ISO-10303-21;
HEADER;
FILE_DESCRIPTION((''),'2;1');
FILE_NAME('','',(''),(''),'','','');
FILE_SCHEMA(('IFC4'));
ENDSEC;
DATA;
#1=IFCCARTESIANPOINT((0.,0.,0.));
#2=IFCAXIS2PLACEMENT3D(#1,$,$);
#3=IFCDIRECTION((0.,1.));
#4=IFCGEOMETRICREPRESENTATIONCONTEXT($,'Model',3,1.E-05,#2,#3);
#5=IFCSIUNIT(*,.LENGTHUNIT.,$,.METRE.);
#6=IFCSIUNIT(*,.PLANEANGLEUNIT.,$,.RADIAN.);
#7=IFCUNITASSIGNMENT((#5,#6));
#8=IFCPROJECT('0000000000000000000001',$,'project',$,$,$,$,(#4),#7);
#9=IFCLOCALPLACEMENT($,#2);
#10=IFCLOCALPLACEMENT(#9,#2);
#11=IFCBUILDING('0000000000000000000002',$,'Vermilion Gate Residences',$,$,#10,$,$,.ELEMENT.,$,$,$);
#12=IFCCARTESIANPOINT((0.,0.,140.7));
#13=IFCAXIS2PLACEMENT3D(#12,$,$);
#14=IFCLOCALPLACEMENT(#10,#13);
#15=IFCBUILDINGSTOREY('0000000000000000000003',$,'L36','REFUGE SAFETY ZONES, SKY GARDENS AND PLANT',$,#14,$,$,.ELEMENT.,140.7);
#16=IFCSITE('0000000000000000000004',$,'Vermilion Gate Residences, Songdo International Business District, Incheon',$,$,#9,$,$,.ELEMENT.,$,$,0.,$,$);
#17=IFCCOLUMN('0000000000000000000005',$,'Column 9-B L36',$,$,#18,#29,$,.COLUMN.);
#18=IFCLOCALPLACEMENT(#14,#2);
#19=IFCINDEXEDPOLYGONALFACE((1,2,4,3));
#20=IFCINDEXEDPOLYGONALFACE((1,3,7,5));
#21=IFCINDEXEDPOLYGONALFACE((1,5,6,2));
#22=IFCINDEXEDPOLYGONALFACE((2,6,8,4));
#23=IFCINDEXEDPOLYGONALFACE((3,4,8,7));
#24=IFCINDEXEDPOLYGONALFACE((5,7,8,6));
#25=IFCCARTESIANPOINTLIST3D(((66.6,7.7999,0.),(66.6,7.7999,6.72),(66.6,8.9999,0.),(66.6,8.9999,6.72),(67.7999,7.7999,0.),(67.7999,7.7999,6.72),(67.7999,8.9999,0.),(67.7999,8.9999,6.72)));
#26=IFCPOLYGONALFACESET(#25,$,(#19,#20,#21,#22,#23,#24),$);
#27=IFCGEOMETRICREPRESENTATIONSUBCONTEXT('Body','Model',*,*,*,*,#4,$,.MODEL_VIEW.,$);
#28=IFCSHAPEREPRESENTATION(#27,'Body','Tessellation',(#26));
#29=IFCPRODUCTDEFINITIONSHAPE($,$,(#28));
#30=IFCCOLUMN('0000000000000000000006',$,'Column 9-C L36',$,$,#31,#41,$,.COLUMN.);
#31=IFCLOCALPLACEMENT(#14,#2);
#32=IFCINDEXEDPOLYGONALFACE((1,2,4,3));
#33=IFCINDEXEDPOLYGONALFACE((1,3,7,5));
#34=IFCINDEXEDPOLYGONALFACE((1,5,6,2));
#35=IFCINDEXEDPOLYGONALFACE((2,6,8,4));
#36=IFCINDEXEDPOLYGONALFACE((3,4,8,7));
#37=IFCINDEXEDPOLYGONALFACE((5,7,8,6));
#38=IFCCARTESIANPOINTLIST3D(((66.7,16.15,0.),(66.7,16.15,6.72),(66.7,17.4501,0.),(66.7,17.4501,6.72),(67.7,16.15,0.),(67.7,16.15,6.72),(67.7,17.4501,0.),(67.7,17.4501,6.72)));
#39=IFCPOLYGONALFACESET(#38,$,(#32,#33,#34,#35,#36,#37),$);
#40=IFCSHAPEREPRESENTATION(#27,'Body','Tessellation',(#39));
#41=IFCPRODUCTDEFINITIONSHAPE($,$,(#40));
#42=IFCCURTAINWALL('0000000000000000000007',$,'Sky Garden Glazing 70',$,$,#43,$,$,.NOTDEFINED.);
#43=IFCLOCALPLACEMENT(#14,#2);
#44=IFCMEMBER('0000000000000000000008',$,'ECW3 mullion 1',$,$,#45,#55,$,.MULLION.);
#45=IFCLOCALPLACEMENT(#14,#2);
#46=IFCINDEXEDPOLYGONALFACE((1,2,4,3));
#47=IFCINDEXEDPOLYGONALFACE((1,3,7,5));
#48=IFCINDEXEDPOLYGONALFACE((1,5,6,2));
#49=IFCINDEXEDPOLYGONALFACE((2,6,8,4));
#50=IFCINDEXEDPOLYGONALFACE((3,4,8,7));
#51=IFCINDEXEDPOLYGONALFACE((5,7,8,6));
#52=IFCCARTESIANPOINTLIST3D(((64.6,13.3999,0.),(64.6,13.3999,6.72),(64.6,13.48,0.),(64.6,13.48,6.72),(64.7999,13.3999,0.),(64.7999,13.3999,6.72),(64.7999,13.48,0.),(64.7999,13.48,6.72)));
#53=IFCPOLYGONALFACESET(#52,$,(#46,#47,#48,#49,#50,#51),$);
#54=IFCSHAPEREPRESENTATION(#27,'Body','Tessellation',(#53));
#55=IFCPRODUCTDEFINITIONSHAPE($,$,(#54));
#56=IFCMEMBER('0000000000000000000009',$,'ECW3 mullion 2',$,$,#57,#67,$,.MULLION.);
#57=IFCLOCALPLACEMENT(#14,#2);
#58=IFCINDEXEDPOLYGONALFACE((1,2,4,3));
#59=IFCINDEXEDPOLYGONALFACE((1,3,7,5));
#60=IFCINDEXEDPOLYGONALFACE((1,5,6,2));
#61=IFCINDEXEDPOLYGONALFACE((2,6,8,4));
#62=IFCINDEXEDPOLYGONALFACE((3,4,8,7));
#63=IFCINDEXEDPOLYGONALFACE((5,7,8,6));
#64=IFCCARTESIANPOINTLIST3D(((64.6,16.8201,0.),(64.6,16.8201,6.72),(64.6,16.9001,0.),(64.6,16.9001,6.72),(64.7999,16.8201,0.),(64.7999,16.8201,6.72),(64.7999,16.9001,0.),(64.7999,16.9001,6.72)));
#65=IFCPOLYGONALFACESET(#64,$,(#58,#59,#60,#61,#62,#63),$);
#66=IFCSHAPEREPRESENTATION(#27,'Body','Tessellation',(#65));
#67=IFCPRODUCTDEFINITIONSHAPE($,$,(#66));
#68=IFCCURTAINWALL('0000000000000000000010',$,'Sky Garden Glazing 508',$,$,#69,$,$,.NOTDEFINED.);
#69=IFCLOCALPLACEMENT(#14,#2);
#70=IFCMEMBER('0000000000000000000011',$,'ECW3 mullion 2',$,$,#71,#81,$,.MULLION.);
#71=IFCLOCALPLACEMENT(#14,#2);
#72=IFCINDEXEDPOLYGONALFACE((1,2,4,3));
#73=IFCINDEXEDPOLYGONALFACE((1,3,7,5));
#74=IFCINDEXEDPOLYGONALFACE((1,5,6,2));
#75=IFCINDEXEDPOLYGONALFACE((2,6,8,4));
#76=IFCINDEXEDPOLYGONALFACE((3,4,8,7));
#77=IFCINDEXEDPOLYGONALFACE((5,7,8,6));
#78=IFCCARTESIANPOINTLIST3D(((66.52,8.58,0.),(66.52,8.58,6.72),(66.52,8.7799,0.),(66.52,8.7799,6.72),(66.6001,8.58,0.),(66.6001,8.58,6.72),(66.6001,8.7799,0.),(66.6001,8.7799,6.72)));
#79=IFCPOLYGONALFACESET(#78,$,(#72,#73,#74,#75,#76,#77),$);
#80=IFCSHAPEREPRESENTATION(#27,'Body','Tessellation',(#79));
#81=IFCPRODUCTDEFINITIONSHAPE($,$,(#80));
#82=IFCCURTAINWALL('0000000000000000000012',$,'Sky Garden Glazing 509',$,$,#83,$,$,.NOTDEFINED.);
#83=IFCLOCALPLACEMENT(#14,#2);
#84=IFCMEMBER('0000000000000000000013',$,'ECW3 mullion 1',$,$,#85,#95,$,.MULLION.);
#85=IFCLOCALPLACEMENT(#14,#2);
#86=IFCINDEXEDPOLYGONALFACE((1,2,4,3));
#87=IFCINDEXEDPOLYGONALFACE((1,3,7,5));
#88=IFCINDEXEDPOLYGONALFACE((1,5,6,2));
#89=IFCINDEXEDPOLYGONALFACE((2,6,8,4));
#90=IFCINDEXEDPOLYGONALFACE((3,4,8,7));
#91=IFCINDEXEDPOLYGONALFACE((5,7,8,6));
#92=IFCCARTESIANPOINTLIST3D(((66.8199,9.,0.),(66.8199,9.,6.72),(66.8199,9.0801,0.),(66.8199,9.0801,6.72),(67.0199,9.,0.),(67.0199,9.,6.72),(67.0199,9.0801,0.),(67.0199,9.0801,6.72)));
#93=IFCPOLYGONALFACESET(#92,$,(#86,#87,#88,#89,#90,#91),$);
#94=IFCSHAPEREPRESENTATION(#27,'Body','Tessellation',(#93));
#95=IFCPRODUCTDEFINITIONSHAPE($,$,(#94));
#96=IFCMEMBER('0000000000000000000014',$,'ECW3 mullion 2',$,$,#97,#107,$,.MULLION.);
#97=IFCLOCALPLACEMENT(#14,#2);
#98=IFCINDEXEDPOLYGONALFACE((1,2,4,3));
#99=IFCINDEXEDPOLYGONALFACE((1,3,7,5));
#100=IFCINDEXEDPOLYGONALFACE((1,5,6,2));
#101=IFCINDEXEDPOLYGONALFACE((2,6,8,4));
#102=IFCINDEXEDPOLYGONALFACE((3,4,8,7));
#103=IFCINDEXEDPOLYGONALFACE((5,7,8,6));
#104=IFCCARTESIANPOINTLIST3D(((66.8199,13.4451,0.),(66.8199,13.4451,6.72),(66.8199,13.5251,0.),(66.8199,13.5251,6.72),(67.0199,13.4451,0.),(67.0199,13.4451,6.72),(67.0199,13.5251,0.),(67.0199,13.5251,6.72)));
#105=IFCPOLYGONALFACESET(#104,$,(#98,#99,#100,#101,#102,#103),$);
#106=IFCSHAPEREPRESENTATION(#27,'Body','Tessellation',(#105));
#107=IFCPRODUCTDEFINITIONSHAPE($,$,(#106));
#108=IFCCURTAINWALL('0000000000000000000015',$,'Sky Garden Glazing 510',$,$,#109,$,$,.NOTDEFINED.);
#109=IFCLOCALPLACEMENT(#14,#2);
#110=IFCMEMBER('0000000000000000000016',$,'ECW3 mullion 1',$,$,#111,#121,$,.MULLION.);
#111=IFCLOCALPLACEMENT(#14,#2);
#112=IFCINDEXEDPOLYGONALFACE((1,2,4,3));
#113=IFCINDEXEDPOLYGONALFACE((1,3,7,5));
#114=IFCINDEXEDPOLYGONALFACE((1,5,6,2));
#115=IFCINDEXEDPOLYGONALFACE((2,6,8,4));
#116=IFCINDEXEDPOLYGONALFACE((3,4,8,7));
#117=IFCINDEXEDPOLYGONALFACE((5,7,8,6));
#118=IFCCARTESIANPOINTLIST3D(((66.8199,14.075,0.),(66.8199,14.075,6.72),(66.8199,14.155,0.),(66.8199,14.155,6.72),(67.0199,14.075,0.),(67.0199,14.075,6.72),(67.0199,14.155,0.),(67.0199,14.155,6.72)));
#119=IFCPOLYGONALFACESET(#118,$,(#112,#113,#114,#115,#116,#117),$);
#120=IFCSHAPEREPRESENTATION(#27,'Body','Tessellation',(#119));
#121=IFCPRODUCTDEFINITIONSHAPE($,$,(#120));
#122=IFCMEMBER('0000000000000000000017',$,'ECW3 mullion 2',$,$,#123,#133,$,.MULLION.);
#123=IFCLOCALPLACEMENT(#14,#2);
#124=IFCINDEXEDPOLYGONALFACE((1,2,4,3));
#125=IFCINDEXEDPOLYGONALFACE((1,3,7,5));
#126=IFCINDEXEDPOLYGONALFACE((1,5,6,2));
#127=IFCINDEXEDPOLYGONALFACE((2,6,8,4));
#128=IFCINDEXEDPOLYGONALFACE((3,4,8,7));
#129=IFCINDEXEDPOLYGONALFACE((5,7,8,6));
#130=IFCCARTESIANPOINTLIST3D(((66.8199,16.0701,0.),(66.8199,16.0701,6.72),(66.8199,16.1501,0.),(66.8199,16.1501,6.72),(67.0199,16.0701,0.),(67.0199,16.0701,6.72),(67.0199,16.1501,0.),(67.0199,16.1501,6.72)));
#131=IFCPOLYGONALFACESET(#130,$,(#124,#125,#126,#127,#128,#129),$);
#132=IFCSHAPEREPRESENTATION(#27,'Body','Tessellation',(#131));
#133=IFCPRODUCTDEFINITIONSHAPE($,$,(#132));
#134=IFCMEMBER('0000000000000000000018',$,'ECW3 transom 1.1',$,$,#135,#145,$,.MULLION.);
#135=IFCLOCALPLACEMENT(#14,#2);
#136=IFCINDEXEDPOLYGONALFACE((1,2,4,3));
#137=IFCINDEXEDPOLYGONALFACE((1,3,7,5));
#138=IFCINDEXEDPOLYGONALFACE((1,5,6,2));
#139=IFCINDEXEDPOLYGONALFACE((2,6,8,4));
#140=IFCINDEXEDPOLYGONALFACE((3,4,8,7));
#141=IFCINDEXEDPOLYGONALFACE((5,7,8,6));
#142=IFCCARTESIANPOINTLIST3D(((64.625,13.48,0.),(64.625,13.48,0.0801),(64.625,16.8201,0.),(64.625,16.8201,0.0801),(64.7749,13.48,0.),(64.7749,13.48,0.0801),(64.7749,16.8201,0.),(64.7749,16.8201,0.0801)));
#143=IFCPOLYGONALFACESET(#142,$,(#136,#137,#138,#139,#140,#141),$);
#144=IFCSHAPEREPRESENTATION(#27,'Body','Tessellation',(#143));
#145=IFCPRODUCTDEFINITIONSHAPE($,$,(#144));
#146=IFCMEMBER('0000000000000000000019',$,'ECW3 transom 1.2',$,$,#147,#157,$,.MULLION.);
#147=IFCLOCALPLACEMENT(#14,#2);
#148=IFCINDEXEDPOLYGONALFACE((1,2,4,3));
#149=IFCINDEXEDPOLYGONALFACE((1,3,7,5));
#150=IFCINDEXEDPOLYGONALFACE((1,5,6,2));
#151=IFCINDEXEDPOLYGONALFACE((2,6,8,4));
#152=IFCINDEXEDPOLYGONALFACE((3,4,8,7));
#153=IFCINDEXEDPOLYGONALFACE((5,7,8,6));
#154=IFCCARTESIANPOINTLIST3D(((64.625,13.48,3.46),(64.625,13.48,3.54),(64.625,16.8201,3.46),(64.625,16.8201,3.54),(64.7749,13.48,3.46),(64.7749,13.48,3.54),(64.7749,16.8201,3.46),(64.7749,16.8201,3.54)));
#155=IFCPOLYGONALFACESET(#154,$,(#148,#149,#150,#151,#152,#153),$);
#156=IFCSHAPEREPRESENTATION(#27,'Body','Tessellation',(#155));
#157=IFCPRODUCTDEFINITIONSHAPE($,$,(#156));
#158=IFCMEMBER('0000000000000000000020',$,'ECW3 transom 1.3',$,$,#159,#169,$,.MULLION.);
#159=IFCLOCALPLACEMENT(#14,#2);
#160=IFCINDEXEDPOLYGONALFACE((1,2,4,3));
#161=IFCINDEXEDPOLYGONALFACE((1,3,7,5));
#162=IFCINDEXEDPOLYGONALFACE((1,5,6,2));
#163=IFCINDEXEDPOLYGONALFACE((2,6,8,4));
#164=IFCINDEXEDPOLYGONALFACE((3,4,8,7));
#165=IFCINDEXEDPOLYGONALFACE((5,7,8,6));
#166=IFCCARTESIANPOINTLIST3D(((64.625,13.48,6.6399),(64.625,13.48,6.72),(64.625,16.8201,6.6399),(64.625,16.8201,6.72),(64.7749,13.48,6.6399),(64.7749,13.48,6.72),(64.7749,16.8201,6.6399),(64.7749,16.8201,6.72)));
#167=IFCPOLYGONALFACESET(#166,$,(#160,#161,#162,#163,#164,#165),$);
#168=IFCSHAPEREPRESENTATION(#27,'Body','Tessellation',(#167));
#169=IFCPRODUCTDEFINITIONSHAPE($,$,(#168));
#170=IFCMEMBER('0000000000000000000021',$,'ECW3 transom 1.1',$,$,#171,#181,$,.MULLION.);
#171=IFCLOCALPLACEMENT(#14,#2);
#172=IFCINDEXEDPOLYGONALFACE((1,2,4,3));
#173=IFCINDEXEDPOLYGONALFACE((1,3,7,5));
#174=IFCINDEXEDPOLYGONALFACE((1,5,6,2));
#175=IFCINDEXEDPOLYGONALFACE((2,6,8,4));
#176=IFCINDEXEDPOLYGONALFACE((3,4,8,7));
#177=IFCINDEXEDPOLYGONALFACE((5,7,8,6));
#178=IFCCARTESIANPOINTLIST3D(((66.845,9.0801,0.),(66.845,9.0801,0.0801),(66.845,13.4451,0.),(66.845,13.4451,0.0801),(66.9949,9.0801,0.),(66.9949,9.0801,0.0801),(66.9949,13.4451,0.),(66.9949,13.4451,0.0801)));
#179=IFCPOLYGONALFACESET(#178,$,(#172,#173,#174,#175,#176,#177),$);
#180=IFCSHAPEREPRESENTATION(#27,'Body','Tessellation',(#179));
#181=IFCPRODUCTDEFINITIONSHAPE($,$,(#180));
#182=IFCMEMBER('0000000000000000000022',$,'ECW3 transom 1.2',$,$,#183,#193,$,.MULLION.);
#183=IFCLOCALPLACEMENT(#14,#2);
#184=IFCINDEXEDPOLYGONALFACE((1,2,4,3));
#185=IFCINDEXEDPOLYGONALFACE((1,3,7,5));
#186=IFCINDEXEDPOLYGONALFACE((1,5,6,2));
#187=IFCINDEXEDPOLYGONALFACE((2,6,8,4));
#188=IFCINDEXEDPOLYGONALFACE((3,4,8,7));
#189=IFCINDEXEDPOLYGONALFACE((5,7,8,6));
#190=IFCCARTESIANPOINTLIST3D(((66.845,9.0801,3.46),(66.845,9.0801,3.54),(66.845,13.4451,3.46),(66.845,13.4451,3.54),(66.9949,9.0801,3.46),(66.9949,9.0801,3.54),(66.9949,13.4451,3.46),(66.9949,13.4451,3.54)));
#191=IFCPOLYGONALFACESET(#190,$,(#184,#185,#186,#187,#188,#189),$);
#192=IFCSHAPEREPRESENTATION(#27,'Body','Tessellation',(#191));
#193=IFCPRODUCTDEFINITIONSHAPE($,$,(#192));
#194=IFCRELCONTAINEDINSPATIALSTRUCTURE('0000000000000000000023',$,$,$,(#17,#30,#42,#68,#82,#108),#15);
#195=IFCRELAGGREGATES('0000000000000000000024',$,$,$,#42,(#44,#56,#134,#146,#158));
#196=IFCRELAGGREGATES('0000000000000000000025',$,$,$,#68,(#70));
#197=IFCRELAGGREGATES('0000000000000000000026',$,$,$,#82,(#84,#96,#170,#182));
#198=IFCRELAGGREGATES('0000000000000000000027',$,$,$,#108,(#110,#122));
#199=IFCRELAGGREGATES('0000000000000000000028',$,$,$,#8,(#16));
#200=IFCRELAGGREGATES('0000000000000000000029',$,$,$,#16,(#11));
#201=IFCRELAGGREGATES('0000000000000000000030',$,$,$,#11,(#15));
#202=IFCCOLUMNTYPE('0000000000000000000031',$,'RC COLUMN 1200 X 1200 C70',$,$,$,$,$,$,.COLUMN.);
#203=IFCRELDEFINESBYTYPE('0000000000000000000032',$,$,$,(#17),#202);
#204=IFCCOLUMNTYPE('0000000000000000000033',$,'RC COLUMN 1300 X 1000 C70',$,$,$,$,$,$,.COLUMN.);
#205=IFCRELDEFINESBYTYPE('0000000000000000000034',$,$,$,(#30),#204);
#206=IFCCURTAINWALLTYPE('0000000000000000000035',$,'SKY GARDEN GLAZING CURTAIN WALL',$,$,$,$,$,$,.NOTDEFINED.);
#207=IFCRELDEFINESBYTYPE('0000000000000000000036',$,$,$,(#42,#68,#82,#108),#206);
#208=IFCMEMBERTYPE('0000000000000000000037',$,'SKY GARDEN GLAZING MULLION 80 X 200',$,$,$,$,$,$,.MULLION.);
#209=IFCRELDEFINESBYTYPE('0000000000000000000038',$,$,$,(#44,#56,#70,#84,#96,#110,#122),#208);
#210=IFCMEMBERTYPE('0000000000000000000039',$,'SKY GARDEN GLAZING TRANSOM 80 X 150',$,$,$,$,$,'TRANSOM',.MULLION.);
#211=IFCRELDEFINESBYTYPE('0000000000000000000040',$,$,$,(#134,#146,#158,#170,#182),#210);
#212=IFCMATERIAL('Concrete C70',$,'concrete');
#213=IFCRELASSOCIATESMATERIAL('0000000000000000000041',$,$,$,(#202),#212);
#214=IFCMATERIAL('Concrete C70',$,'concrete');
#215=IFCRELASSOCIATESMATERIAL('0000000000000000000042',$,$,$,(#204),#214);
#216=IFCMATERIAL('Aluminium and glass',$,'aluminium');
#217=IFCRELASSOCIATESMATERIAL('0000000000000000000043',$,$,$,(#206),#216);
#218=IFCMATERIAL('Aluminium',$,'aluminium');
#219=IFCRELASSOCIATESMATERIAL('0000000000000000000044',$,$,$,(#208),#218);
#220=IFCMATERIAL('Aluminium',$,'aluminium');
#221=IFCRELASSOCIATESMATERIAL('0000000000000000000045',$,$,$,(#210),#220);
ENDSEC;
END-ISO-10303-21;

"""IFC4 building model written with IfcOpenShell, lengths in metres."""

from ifc_helpers import new_model, si_unit, direction, frame, origin, origin_2d, place, context, subcontext, project, spatial, rectangle, extrude, material, material_profile, profile_set, type_object, element, aggregate, save


model = new_model("IFC4")

# Units and contexts
model_context = context("Model", 3, precision=1e-05, world=origin(), true_north=direction((0.0, 1.0)))
body_context = subcontext(model_context, "Body", "Model", "MODEL_VIEW")
ifc_project = project(units=[si_unit("LENGTHUNIT", "METRE"), si_unit("PLANEANGLEUNIT", "RADIAN")], contexts=[model_context])

# Site, building, storey
site_placement = place(None, origin())
site = spatial("IfcSite", under=ifc_project, at=site_placement, Name="Vermilion Gate Residences, Songdo International Business District, Incheon", CompositionType="ELEMENT", RefElevation=0.0)
building_placement = place(site_placement, origin())
building = spatial("IfcBuilding", under=site, at=building_placement, Name="Vermilion Gate Residences", CompositionType="ELEMENT")
storey_placement = place(building_placement, frame((0.0, 0.0, 140.7)))
storey = spatial("IfcBuildingStorey", under=building, at=storey_placement, Name="L36", Description="REFUGE SAFETY ZONES, SKY GARDENS AND PLANT", CompositionType="ELEMENT", Elevation=140.7)

# Columns
ifc_material_1 = material(Name="Concrete C70", Category="concrete")
ifc_material_profile_1 = material_profile(ifc_material_1, rectangle(XDim=1.2, YDim=1.2, at=origin_2d()), Name="RC-1200x1200")
ifc_profile_set_1 = profile_set([ifc_material_profile_1], Name="Concrete C70")
column_type_1 = type_object("IfcColumnType", Name="RC COLUMN 1200 X 1200 C70", PredefinedType="COLUMN", material=ifc_profile_set_1)
column_1_placement = place(storey_placement, frame((67.2, 8.3999, 0.0), z_axis=(0.0, 0.0, 1.0), x_axis=(1.0, 0.0, 0.0)))
element("IfcColumn", 1, at=column_1_placement, inside=storey, type_object=column_type_1, Name="Column 9-B L36", PredefinedType="COLUMN", context=body_context, shape_type="SweptSolid", body=[
    extrude(rectangle(XDim=1.2, YDim=1.2, at=origin_2d()), origin(), (0.0, 0.0, 1.0), 6.72),
])
ifc_material_2 = material(Name="Concrete C70", Category="concrete")
ifc_material_profile_2 = material_profile(ifc_material_2, rectangle(XDim=1.3, YDim=1.0, at=origin_2d()), Name="RC-1300x1000")
ifc_profile_set_2 = profile_set([ifc_material_profile_2], Name="Concrete C70")
column_type_2 = type_object("IfcColumnType", Name="RC COLUMN 1300 X 1000 C70", PredefinedType="COLUMN", material=ifc_profile_set_2)
column_2_placement = place(storey_placement, frame((67.2, 16.8, 0.0), z_axis=(0.0, 0.0, 1.0), x_axis=(0.0, 1.0, 0.0)))
element("IfcColumn", 2, at=column_2_placement, inside=storey, type_object=column_type_2, Name="Column 9-C L36", PredefinedType="COLUMN", context=body_context, shape_type="SweptSolid", body=[
    extrude(rectangle(XDim=1.3, YDim=1.0, at=origin_2d()), origin(), (0.0, 0.0, 1.0), 6.72),
])

# Curtain wall, members
ifc_material_3 = material(Name="Aluminium and glass", Category="aluminium")
curtain_wall_type = type_object("IfcCurtainWallType", Name="SKY GARDEN GLAZING CURTAIN WALL", PredefinedType="NOTDEFINED", material=ifc_material_3)
curtain_wall_1_placement = place(storey_placement, origin())
curtain_wall_1 = element("IfcCurtainWall", 3, at=curtain_wall_1_placement, inside=storey, type_object=curtain_wall_type, Name="Sky Garden Glazing 70", PredefinedType="NOTDEFINED")
ifc_material_4 = material(Name="Aluminium", Category="aluminium")
ifc_material_profile_3 = material_profile(ifc_material_4, rectangle(XDim=0.2, YDim=0.0801, at=origin_2d()), Name="MULLION 80 X 200")
ifc_profile_set_3 = profile_set([ifc_material_profile_3], Name="Aluminium")
member_type_1 = type_object("IfcMemberType", Name="SKY GARDEN GLAZING MULLION 80 X 200", PredefinedType="MULLION", material=ifc_profile_set_3)
member_1_placement = place(storey_placement, frame((64.7, 13.4399, 0.0), z_axis=(0.0, 0.0, 1.0), x_axis=(-1.0, 0.0, 0.0)))
member_1 = element("IfcMember", 4, at=member_1_placement, type_object=member_type_1, Name="ECW3 mullion 1", PredefinedType="MULLION", context=body_context, shape_type="SweptSolid", body=[
    extrude(rectangle(XDim=0.2, YDim=0.0801, at=origin_2d()), origin(), (0.0, 0.0, 1.0), 6.72),
])
member_2_placement = place(storey_placement, frame((64.7, 16.8601, 0.0), z_axis=(0.0, 0.0, 1.0), x_axis=(-1.0, 0.0, 0.0)))
member_2 = element("IfcMember", 5, at=member_2_placement, type_object=member_type_1, Name="ECW3 mullion 2", PredefinedType="MULLION", context=body_context, shape_type="SweptSolid", body=[
    extrude(rectangle(XDim=0.2, YDim=0.0801, at=origin_2d()), origin(), (0.0, 0.0, 1.0), 6.72),
])

# Curtain wall, member
curtain_wall_2_placement = place(storey_placement, origin())
curtain_wall_2 = element("IfcCurtainWall", 6, at=curtain_wall_2_placement, inside=storey, type_object=curtain_wall_type, Name="Sky Garden Glazing 508", PredefinedType="NOTDEFINED")
member_3_placement = place(storey_placement, frame((66.5601, 8.6799, 0.0), z_axis=(0.0, 0.0, 1.0), x_axis=(0.0, 1.0, 0.0)))
member_3 = element("IfcMember", 7, at=member_3_placement, type_object=member_type_1, Name="ECW3 mullion 2", PredefinedType="MULLION", context=body_context, shape_type="SweptSolid", body=[
    extrude(rectangle(XDim=0.2, YDim=0.0801, at=origin_2d()), origin(), (0.0, 0.0, 1.0), 6.72),
])

# Curtain walls, members
curtain_wall_3_placement = place(storey_placement, origin())
curtain_wall_3 = element("IfcCurtainWall", 8, at=curtain_wall_3_placement, inside=storey, type_object=curtain_wall_type, Name="Sky Garden Glazing 509", PredefinedType="NOTDEFINED")
member_4_placement = place(storey_placement, frame((66.9199, 9.04, 0.0), z_axis=(0.0, 0.0, 1.0), x_axis=(-1.0, 0.0, 0.0)))
member_4 = element("IfcMember", 9, at=member_4_placement, type_object=member_type_1, Name="ECW3 mullion 1", PredefinedType="MULLION", context=body_context, shape_type="SweptSolid", body=[
    extrude(rectangle(XDim=0.2, YDim=0.0801, at=origin_2d()), origin(), (0.0, 0.0, 1.0), 6.72),
])
member_5_placement = place(storey_placement, frame((66.9199, 13.4851, 0.0), z_axis=(0.0, 0.0, 1.0), x_axis=(-1.0, 0.0, 0.0)))
member_5 = element("IfcMember", 10, at=member_5_placement, type_object=member_type_1, Name="ECW3 mullion 2", PredefinedType="MULLION", context=body_context, shape_type="SweptSolid", body=[
    extrude(rectangle(XDim=0.2, YDim=0.0801, at=origin_2d()), origin(), (0.0, 0.0, 1.0), 6.72),
])
curtain_wall_4_placement = place(storey_placement, origin())
curtain_wall_4 = element("IfcCurtainWall", 11, at=curtain_wall_4_placement, inside=storey, type_object=curtain_wall_type, Name="Sky Garden Glazing 510", PredefinedType="NOTDEFINED")
member_6_placement = place(storey_placement, frame((66.9199, 14.115, 0.0), z_axis=(0.0, 0.0, 1.0), x_axis=(-1.0, 0.0, 0.0)))
member_6 = element("IfcMember", 12, at=member_6_placement, type_object=member_type_1, Name="ECW3 mullion 1", PredefinedType="MULLION", context=body_context, shape_type="SweptSolid", body=[
    extrude(rectangle(XDim=0.2, YDim=0.0801, at=origin_2d()), origin(), (0.0, 0.0, 1.0), 6.72),
])
member_7_placement = place(storey_placement, frame((66.9199, 16.1101, 0.0), z_axis=(0.0, 0.0, 1.0), x_axis=(-1.0, 0.0, 0.0)))
member_7 = element("IfcMember", 13, at=member_7_placement, type_object=member_type_1, Name="ECW3 mullion 2", PredefinedType="MULLION", context=body_context, shape_type="SweptSolid", body=[
    extrude(rectangle(XDim=0.2, YDim=0.0801, at=origin_2d()), origin(), (0.0, 0.0, 1.0), 6.72),
])

# Members
ifc_material_5 = material(Name="Aluminium", Category="aluminium")
ifc_material_profile_4 = material_profile(ifc_material_5, rectangle(XDim=0.1499, YDim=0.0801, at=origin_2d()), Name="TRANSOM 80 X 150")
ifc_profile_set_4 = profile_set([ifc_material_profile_4], Name="Aluminium")
member_type_2 = type_object("IfcMemberType", Name="SKY GARDEN GLAZING TRANSOM 80 X 150", ElementType="TRANSOM", PredefinedType="MULLION", material=ifc_profile_set_4)
member_8_placement = place(storey_placement, frame((64.7, 13.48, 0.04), z_axis=(0.0, 1.0, 0.0), x_axis=(-1.0, 0.0, 0.0)))
member_8 = element("IfcMember", 14, at=member_8_placement, type_object=member_type_2, Name="ECW3 transom 1.1", PredefinedType="MULLION", context=body_context, shape_type="SweptSolid", body=[
    extrude(rectangle(XDim=0.1499, YDim=0.0801, at=origin_2d()), origin(), (0.0, 0.0, 1.0), 3.3401),
])
member_9_placement = place(storey_placement, frame((64.7, 13.48, 3.5), z_axis=(0.0, 1.0, 0.0), x_axis=(-1.0, 0.0, 0.0)))
member_9 = element("IfcMember", 15, at=member_9_placement, type_object=member_type_2, Name="ECW3 transom 1.2", PredefinedType="MULLION", context=body_context, shape_type="SweptSolid", body=[
    extrude(rectangle(XDim=0.1499, YDim=0.0801, at=origin_2d()), origin(), (0.0, 0.0, 1.0), 3.3401),
])
member_10_placement = place(storey_placement, frame((64.7, 13.48, 6.6799), z_axis=(0.0, 1.0, 0.0), x_axis=(-1.0, 0.0, 0.0)))
member_10 = element("IfcMember", 16, at=member_10_placement, type_object=member_type_2, Name="ECW3 transom 1.3", PredefinedType="MULLION", context=body_context, shape_type="SweptSolid", body=[
    extrude(rectangle(XDim=0.1499, YDim=0.0801, at=origin_2d()), origin(), (0.0, 0.0, 1.0), 3.3401),
])
member_11_placement = place(storey_placement, frame((66.9199, 9.0801, 0.04), z_axis=(0.0, 1.0, 0.0), x_axis=(-1.0, 0.0, 0.0)))
member_11 = element("IfcMember", 17, at=member_11_placement, type_object=member_type_2, Name="ECW3 transom 1.1", PredefinedType="MULLION", context=body_context, shape_type="SweptSolid", body=[
    extrude(rectangle(XDim=0.1499, YDim=0.0801, at=origin_2d()), origin(), (0.0, 0.0, 1.0), 4.365),
])
member_12_placement = place(storey_placement, frame((66.9199, 9.0801, 3.5), z_axis=(0.0, 1.0, 0.0), x_axis=(-1.0, 0.0, 0.0)))
member_12 = element("IfcMember", 18, at=member_12_placement, type_object=member_type_2, Name="ECW3 transom 1.2", PredefinedType="MULLION", context=body_context, shape_type="SweptSolid", body=[
    extrude(rectangle(XDim=0.1499, YDim=0.0801, at=origin_2d()), origin(), (0.0, 0.0, 1.0), 4.365),
])

aggregate(curtain_wall_1, [member_1, member_2, member_8, member_9, member_10])
aggregate(curtain_wall_2, [member_3])
aggregate(curtain_wall_3, [member_4, member_5, member_11, member_12])
aggregate(curtain_wall_4, [member_6, member_7])

save(model, "model.ifc")
